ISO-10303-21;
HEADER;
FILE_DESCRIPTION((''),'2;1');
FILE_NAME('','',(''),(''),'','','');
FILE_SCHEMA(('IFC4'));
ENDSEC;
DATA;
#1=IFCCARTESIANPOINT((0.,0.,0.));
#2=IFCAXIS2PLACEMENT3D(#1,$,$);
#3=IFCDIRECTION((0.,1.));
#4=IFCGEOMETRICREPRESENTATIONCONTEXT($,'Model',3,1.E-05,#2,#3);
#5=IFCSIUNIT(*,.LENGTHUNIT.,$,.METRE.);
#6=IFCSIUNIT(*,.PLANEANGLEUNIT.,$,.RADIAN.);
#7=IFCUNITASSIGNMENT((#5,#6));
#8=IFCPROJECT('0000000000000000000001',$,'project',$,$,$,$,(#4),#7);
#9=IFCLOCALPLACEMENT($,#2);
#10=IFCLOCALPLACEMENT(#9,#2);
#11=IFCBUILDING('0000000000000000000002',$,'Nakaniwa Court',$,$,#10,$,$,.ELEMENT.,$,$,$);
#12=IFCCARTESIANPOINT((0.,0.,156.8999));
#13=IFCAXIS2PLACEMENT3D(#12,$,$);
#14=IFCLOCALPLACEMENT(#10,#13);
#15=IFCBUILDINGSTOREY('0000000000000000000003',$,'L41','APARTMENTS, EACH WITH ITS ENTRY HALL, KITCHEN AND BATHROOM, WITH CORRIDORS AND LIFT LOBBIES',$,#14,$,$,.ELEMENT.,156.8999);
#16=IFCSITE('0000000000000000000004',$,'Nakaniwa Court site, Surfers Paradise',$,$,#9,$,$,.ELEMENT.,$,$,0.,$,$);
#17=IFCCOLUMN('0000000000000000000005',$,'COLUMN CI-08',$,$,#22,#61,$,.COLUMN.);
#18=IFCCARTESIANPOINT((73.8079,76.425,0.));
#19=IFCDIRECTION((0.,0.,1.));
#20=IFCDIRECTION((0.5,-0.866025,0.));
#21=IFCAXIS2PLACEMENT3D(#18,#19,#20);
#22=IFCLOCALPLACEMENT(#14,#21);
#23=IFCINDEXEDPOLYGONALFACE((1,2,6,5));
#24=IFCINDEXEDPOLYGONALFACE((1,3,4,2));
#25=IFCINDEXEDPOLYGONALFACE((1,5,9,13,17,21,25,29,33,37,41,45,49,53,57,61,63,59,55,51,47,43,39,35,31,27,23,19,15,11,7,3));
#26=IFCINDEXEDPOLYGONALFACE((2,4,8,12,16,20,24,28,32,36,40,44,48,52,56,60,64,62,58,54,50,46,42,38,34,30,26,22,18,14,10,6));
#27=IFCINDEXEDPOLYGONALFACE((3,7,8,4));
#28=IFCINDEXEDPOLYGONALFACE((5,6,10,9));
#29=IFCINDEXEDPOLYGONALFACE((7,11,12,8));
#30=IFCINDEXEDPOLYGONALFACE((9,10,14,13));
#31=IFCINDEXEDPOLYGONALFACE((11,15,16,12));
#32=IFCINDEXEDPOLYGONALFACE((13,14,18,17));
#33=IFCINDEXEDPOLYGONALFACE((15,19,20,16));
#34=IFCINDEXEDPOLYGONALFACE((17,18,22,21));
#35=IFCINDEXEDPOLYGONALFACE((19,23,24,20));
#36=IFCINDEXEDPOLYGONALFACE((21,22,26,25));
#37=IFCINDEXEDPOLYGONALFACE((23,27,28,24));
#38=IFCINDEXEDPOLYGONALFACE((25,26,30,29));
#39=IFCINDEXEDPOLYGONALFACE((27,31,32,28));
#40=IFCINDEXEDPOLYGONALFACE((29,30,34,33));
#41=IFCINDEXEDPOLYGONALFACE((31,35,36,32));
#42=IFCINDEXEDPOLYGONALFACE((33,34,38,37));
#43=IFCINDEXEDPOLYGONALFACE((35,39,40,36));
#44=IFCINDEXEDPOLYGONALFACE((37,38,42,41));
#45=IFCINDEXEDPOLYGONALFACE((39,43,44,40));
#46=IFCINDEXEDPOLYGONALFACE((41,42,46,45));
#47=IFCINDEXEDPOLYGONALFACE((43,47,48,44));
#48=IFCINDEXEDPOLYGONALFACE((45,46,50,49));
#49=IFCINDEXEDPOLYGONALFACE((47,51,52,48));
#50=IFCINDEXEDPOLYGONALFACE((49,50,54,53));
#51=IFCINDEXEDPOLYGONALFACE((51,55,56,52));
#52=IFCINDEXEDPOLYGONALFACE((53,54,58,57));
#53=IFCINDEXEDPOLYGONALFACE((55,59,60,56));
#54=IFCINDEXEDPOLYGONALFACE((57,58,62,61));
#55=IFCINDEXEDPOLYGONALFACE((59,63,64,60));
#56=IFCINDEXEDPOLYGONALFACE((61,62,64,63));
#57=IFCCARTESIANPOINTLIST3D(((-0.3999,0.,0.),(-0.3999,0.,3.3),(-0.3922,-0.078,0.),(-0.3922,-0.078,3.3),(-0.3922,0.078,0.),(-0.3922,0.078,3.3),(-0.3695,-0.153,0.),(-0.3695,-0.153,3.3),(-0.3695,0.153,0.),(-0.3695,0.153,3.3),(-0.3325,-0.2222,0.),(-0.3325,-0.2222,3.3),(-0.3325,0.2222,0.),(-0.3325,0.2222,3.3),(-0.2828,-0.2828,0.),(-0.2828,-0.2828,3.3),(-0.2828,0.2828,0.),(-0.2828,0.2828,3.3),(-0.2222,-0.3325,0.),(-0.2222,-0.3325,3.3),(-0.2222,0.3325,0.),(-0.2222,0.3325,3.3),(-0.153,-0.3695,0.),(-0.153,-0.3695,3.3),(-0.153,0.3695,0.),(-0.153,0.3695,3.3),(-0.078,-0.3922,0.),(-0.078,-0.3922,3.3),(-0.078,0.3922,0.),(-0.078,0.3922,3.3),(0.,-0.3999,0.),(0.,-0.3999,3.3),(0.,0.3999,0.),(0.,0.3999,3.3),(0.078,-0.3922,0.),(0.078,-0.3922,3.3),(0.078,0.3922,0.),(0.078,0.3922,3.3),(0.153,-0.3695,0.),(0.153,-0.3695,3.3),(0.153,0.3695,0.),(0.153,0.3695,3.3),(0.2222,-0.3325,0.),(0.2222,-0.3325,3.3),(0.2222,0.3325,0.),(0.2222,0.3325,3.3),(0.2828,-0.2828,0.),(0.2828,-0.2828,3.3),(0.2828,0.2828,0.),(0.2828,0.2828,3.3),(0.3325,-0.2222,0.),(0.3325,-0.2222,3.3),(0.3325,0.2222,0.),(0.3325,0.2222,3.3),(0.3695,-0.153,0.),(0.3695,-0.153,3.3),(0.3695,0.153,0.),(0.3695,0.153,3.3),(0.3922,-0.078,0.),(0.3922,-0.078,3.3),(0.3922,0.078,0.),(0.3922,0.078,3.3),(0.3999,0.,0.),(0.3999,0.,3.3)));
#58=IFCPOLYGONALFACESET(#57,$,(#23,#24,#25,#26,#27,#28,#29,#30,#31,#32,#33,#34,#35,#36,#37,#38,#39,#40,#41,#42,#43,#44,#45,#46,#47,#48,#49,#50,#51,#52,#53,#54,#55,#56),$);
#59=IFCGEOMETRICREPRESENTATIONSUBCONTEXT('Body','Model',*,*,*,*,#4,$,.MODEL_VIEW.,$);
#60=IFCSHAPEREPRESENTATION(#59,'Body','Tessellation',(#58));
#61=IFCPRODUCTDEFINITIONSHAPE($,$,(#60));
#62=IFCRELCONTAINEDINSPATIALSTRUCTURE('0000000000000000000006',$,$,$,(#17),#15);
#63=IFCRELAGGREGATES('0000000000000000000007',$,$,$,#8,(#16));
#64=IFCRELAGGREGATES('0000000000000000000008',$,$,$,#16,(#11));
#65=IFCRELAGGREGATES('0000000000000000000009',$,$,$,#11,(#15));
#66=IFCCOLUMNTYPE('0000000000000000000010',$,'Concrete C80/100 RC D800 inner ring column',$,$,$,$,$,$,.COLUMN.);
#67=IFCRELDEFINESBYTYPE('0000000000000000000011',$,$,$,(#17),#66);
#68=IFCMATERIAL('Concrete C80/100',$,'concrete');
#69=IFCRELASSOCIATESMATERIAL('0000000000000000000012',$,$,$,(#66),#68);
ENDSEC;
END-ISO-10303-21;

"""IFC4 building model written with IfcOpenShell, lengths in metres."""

from ifc_helpers import new_model, si_unit, direction, frame, origin, origin_2d, place, context, subcontext, project, spatial, circle, extrude, material, material_profile, profile_set, type_object, element, save


model = new_model("IFC4")

# Units and contexts
model_context = context("Model", 3, precision=1e-05, world=origin(), true_north=direction((0.0, 1.0)))
body_context = subcontext(model_context, "Body", "Model", "MODEL_VIEW")
ifc_project = project(units=[si_unit("LENGTHUNIT", "METRE"), si_unit("PLANEANGLEUNIT", "RADIAN")], contexts=[model_context])

# Site, building, storey
site_placement = place(None, origin())
site = spatial("IfcSite", under=ifc_project, at=site_placement, Name="Nakaniwa Court site, Surfers Paradise", CompositionType="ELEMENT", RefElevation=0.0)
building_placement = place(site_placement, origin())
building = spatial("IfcBuilding", under=site, at=building_placement, Name="Nakaniwa Court", CompositionType="ELEMENT")
storey_placement = place(building_placement, frame((0.0, 0.0, 156.8999)))
storey = spatial("IfcBuildingStorey", under=building, at=storey_placement, Name="L41", Description="APARTMENTS, EACH WITH ITS ENTRY HALL, KITCHEN AND BATHROOM, WITH CORRIDORS AND LIFT LOBBIES", CompositionType="ELEMENT", Elevation=156.8999)

# Column
ifc_material_1 = material(Name="Concrete C80/100", Category="concrete")
ifc_material_profile_1 = material_profile(ifc_material_1, circle(Radius=0.3999, at=origin_2d()), Name="Concrete C80/100 RC D800 inner ring column")
ifc_profile_set_1 = profile_set([ifc_material_profile_1], Name="Concrete C80/100")
column_type_1 = type_object("IfcColumnType", Name="Concrete C80/100 RC D800 inner ring column", PredefinedType="COLUMN", material=ifc_profile_set_1)
for number, where, z_axis, x_axis, name in (
    (1, (73.8079, 76.425, 0.0), (0.0, 0.0, 1.0), (0.5, -0.866025, 0.0), "COLUMN CI-08"),
):
    element("IfcColumn", number, at=place(storey_placement, frame(where, z_axis=z_axis, x_axis=x_axis)), inside=storey, type_object=column_type_1, Name=name, PredefinedType="COLUMN", context=body_context, shape_type="SweptSolid", body=[
        extrude(circle(Radius=0.3999, at=origin_2d()), origin(), (0.0, 0.0, 1.0), 3.3),
    ])

save(model, "model.ifc")
